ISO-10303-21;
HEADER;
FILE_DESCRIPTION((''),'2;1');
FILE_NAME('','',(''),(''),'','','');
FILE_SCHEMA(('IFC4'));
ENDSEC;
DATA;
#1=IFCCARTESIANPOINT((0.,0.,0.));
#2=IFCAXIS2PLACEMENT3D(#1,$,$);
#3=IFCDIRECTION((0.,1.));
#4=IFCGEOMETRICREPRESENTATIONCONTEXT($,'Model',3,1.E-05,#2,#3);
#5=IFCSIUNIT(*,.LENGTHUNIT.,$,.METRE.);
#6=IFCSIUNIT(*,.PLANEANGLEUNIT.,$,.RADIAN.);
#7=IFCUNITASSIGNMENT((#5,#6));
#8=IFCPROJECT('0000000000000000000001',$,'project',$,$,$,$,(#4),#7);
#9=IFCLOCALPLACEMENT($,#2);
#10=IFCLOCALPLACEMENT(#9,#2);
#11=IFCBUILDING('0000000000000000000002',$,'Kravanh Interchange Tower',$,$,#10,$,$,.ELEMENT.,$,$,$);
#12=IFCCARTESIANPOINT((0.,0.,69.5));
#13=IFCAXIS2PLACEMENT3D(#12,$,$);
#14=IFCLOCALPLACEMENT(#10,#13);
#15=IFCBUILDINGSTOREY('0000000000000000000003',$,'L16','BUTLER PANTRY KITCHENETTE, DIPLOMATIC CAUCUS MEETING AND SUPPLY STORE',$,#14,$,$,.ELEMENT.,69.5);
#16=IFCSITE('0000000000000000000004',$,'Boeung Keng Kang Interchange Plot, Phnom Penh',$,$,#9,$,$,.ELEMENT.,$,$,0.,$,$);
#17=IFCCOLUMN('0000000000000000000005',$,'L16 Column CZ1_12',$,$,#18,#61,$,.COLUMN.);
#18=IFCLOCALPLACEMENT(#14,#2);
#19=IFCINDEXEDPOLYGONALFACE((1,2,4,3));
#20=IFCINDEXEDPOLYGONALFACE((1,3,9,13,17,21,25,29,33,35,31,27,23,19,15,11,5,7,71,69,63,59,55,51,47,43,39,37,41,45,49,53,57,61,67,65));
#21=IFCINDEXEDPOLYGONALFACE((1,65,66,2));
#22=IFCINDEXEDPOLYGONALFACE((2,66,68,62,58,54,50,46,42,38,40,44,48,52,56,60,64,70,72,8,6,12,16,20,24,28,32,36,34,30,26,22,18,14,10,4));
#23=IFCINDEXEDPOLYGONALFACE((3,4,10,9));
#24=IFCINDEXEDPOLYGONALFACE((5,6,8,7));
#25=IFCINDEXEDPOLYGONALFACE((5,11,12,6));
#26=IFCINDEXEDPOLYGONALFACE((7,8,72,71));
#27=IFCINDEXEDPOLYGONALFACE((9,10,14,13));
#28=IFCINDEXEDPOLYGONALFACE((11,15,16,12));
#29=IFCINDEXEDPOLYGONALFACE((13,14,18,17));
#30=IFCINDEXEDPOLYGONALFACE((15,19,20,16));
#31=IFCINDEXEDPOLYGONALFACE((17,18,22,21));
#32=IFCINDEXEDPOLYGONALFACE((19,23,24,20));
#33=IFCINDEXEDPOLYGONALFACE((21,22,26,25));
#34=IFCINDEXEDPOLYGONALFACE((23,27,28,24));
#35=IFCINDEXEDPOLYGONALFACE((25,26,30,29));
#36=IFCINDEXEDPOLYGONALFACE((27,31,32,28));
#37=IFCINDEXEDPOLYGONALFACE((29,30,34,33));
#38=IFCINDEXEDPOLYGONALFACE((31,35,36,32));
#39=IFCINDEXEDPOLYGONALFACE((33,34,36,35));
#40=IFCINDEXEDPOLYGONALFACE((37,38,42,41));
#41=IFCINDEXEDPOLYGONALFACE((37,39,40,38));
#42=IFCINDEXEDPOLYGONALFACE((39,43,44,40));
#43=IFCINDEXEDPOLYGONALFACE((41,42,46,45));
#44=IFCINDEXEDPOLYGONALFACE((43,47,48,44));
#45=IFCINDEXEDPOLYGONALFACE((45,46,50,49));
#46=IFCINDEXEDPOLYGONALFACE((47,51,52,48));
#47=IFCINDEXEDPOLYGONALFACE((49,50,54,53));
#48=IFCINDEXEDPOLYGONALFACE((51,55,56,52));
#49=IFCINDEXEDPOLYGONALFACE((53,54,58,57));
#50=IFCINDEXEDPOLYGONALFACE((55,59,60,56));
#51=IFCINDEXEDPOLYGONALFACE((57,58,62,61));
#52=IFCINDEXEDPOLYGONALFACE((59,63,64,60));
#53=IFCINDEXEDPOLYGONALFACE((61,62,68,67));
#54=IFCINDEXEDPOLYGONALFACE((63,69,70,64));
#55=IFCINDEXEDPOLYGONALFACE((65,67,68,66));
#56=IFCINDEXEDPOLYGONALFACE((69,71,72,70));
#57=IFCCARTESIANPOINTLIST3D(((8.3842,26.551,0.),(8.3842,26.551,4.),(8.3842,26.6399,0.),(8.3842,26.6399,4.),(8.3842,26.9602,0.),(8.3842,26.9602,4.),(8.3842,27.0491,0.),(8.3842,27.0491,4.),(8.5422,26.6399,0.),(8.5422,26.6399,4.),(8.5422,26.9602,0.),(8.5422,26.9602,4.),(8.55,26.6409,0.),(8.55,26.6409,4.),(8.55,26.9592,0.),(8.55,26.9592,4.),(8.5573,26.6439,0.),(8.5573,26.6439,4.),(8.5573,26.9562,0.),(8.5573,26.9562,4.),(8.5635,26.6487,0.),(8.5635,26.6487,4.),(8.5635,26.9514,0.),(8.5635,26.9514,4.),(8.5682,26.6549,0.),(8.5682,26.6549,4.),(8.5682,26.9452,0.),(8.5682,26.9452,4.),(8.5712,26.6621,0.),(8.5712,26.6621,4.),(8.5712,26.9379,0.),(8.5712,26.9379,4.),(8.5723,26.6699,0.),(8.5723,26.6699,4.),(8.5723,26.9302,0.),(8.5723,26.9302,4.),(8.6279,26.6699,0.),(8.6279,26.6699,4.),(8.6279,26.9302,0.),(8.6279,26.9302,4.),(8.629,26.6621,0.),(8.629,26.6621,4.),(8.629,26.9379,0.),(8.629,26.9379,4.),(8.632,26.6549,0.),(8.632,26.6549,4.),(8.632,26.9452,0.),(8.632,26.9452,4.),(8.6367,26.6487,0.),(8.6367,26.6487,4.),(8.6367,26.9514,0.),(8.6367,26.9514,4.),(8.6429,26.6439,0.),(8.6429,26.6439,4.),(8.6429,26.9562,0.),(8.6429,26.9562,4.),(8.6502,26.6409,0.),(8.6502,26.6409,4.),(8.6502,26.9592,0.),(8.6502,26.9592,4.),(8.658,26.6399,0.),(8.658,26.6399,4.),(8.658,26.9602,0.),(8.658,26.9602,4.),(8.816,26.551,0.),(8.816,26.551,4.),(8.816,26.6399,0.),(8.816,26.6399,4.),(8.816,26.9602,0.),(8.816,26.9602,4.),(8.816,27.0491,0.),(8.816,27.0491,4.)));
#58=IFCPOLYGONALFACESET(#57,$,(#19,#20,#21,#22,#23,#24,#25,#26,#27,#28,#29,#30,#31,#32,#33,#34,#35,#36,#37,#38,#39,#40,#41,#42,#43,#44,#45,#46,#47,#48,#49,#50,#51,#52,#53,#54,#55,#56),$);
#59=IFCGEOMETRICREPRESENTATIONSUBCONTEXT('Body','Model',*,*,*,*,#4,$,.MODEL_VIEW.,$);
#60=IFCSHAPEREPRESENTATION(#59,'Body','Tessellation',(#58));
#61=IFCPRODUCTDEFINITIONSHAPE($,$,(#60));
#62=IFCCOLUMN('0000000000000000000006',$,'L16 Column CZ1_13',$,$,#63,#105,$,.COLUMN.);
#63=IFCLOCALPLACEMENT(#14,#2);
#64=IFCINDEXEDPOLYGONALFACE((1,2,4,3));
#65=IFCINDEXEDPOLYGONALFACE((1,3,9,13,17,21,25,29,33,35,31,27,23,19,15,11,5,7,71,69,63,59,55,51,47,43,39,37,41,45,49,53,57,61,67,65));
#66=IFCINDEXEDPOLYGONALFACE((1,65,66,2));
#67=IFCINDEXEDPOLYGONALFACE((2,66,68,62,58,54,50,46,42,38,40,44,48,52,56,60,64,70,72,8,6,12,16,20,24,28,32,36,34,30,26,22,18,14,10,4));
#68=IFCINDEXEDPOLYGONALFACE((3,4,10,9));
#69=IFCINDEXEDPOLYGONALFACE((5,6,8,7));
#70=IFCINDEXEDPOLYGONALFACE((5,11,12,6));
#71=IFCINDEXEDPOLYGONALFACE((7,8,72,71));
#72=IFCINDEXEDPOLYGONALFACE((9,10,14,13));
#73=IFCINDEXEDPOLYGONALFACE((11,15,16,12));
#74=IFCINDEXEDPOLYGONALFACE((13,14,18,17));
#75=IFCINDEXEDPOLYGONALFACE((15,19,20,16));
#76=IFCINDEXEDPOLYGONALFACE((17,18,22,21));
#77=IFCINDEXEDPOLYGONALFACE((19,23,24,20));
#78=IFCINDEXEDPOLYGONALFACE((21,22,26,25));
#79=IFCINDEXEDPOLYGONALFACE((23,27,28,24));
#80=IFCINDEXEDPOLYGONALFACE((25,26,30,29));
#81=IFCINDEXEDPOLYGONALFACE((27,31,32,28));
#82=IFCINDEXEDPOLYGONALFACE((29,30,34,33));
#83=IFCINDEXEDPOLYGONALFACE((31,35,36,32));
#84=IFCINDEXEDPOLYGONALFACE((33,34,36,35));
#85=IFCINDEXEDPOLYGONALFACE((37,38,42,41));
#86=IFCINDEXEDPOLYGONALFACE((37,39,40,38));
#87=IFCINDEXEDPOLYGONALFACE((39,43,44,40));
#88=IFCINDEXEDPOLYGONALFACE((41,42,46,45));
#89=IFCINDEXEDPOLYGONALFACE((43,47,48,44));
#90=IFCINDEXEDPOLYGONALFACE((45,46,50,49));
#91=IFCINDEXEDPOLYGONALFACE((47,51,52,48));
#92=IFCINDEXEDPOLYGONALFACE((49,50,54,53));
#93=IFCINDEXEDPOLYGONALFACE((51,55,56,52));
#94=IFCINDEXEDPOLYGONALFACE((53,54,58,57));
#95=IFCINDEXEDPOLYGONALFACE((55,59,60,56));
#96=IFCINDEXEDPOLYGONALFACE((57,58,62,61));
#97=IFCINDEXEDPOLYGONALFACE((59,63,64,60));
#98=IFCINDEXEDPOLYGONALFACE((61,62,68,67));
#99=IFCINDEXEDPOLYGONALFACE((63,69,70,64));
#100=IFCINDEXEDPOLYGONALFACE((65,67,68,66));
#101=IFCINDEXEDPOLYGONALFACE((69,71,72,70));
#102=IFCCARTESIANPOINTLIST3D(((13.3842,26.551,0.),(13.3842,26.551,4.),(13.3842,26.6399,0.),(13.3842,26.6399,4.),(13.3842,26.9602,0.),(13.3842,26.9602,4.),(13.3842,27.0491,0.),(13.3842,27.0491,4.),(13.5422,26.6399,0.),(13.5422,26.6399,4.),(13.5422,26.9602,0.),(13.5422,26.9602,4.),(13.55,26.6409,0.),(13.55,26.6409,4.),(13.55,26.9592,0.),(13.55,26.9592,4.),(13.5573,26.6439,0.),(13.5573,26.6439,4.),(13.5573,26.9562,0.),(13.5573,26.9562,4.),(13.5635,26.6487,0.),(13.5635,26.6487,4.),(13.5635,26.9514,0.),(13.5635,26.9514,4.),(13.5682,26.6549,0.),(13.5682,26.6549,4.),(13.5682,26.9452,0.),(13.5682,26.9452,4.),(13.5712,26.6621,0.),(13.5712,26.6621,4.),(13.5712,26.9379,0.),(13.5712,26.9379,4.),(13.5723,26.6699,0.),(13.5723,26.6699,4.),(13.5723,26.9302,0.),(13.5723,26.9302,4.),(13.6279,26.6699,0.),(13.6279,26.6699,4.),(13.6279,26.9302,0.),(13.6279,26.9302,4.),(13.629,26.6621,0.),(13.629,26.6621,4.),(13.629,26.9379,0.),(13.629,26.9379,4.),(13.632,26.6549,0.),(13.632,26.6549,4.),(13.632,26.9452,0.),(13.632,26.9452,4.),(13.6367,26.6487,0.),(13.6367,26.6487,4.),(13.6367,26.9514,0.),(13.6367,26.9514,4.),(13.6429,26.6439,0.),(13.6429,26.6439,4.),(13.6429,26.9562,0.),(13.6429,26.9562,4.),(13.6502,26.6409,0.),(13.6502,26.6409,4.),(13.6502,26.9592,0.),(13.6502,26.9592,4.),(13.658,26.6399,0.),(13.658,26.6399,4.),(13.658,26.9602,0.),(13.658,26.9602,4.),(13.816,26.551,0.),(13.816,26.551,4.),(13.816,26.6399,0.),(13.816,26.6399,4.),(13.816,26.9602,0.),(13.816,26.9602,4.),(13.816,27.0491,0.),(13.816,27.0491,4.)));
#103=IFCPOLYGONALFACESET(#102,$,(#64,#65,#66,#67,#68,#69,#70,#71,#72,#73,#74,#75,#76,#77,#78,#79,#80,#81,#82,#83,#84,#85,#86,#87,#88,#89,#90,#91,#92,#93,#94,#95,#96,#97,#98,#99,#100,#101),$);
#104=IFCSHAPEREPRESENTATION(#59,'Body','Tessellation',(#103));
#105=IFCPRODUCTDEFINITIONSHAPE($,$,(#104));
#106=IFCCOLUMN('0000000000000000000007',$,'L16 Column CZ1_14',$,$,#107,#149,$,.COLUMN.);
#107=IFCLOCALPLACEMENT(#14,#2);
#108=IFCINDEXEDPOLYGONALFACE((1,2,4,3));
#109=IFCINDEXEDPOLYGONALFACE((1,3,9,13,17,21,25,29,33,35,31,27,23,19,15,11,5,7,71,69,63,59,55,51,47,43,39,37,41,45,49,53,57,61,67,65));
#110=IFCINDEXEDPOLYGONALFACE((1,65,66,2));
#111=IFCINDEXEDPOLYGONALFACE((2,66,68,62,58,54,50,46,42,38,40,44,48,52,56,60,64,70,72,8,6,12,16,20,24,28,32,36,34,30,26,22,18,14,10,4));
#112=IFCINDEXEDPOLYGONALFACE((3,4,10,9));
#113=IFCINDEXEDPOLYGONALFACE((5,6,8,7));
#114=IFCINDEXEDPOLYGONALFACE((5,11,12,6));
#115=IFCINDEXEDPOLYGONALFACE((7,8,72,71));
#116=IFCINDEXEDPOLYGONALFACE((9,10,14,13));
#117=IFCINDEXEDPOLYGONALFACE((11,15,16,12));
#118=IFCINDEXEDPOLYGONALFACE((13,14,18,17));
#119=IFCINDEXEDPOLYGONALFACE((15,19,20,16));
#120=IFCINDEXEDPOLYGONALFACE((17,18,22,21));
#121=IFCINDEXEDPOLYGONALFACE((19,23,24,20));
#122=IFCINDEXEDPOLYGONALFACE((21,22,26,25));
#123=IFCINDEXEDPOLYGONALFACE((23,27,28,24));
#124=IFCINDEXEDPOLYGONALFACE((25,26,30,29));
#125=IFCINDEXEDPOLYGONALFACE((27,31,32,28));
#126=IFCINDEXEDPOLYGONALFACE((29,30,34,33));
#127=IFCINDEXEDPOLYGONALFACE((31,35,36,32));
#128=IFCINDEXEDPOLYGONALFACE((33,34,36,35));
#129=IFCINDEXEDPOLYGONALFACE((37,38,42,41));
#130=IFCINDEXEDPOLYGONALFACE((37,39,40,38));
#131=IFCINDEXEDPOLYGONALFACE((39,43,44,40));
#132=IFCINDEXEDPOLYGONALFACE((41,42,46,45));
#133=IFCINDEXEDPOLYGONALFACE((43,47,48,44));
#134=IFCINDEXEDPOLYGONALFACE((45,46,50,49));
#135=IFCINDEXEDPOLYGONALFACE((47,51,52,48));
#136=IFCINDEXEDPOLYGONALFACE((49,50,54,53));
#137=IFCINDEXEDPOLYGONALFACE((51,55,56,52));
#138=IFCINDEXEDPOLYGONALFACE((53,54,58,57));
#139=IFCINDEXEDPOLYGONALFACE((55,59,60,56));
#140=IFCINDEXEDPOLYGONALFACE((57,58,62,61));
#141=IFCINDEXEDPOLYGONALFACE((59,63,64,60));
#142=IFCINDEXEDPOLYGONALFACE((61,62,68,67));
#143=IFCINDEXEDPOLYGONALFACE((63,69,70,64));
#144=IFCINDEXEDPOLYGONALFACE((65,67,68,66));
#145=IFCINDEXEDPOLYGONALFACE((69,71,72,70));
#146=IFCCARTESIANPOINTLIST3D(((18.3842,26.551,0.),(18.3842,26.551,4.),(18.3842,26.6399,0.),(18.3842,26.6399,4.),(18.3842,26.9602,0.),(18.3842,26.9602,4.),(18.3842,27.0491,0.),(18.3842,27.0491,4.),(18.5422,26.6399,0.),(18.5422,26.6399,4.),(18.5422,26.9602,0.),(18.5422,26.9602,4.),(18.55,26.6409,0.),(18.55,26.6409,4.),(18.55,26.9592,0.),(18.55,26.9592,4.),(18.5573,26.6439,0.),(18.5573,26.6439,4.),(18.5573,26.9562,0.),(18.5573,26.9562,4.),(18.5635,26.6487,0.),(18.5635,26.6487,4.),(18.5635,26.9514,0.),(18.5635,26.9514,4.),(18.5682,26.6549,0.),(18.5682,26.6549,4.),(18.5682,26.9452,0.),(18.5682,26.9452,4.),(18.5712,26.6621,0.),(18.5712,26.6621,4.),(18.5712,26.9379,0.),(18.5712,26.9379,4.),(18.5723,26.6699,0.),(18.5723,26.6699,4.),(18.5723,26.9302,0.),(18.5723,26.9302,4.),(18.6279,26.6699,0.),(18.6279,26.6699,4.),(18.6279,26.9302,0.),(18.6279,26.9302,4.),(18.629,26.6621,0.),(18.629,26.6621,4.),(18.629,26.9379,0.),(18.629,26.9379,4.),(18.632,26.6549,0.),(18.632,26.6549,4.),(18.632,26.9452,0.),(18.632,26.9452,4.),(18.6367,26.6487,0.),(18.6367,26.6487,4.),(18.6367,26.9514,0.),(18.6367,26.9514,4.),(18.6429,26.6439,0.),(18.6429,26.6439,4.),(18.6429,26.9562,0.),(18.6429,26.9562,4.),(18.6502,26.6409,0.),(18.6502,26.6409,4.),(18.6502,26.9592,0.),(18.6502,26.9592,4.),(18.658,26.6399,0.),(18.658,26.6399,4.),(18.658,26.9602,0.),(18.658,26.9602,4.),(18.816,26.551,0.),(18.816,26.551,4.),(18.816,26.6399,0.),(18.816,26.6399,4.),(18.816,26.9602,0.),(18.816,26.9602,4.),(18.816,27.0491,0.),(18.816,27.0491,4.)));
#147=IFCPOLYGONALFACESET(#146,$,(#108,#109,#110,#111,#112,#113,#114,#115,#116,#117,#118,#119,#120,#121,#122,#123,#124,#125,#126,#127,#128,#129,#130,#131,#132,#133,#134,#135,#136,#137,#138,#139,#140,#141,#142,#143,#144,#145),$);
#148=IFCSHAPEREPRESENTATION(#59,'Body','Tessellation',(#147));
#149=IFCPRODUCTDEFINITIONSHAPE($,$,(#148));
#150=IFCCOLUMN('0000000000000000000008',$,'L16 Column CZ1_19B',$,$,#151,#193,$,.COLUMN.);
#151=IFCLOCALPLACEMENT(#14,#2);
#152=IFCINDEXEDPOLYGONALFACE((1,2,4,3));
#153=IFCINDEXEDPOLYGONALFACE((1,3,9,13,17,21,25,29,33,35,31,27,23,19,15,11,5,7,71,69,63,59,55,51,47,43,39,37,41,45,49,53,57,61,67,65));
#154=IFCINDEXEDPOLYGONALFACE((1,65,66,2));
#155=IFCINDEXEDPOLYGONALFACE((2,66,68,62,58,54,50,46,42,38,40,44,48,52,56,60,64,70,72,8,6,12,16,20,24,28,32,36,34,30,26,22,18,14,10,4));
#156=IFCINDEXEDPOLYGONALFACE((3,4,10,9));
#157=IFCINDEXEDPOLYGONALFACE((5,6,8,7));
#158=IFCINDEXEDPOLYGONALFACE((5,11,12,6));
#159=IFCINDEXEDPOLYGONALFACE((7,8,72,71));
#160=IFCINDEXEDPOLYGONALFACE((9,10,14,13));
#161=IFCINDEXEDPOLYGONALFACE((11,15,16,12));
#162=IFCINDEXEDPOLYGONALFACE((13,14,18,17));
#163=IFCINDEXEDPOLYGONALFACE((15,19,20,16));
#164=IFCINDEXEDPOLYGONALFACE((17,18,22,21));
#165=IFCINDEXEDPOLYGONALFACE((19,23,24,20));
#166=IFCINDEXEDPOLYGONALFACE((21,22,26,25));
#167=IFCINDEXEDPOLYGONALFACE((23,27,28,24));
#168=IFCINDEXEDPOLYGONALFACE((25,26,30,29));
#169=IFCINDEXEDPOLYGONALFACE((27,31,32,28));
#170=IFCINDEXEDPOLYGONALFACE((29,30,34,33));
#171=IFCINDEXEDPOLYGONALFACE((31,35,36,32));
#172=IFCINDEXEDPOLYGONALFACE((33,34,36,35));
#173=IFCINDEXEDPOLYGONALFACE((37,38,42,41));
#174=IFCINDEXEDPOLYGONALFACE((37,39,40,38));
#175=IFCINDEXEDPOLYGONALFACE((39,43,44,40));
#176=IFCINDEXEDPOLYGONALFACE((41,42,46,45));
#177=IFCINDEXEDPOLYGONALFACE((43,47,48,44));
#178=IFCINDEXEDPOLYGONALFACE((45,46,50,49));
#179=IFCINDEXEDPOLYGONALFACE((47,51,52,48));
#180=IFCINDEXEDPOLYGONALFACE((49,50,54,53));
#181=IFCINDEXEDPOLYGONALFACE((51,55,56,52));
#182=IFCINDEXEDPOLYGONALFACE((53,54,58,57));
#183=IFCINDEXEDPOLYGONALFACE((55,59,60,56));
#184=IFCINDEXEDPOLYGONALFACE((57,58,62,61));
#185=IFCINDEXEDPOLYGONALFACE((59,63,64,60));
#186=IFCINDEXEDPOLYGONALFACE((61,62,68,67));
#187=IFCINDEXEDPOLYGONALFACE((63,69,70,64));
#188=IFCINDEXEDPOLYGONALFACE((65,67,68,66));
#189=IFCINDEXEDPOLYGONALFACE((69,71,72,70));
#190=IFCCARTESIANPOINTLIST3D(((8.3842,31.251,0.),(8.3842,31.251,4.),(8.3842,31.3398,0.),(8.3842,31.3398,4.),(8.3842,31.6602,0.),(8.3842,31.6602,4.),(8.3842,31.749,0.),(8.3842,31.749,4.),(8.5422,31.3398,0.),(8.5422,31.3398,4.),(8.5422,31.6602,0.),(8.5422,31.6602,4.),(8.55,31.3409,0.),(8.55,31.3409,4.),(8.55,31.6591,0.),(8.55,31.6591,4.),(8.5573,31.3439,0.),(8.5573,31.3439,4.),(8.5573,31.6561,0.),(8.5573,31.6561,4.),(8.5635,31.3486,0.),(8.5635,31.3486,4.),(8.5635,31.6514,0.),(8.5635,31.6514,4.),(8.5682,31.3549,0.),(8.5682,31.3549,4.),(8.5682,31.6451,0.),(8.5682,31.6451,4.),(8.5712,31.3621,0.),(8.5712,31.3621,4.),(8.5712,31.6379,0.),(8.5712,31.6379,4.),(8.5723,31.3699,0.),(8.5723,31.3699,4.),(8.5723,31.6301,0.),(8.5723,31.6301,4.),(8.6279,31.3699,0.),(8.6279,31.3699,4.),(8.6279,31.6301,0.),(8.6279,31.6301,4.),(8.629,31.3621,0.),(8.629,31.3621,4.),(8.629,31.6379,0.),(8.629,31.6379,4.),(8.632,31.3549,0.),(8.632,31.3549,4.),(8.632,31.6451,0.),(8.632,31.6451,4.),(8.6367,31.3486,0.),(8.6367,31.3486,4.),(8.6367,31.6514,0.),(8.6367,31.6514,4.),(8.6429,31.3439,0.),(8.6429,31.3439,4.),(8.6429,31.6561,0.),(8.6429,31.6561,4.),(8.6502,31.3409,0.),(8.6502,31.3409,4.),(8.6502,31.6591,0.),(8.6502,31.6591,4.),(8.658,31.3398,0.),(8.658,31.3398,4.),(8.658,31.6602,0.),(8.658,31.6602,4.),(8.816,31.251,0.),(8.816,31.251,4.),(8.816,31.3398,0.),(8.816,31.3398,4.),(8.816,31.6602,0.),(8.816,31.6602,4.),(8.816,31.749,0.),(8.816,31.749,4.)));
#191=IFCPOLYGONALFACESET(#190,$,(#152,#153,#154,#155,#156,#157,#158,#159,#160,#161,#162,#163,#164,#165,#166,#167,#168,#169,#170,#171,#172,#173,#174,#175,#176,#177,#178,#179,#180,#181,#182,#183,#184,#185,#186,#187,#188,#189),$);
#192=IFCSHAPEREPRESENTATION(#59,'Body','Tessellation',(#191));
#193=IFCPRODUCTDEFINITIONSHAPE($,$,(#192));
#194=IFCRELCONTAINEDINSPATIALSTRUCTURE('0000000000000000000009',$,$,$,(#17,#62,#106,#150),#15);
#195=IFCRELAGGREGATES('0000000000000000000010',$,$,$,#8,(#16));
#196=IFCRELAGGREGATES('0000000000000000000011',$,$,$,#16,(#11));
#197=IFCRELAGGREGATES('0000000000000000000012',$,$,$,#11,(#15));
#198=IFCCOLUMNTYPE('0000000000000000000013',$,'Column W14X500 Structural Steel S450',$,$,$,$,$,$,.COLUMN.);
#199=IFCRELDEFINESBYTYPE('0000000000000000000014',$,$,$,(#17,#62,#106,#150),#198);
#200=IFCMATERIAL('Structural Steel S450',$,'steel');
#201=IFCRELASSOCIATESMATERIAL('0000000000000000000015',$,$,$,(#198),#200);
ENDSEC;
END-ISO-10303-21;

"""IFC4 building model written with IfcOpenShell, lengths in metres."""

from ifc_helpers import new_model, si_unit, direction, frame, origin, origin_2d, place, context, subcontext, project, spatial, i_section, extrude, material, material_profile, profile_set, type_object, element, save


model = new_model("IFC4")

# Units and contexts
model_context = context("Model", 3, precision=1e-05, world=origin(), true_north=direction((0.0, 1.0)))
body_context = subcontext(model_context, "Body", "Model", "MODEL_VIEW")
ifc_project = project(units=[si_unit("LENGTHUNIT", "METRE"), si_unit("PLANEANGLEUNIT", "RADIAN")], contexts=[model_context])

# Site, building, storey
site_placement = place(None, origin())
site = spatial("IfcSite", under=ifc_project, at=site_placement, Name="Boeung Keng Kang Interchange Plot, Phnom Penh", CompositionType="ELEMENT", RefElevation=0.0)
building_placement = place(site_placement, origin())
building = spatial("IfcBuilding", under=site, at=building_placement, Name="Kravanh Interchange Tower", CompositionType="ELEMENT")
storey_placement = place(building_placement, frame((0.0, 0.0, 69.5)))
storey = spatial("IfcBuildingStorey", under=building, at=storey_placement, Name="L16", Description="BUTLER PANTRY KITCHENETTE, DIPLOMATIC CAUCUS MEETING AND SUPPLY STORE", CompositionType="ELEMENT", Elevation=69.5)

# Columns
ifc_material_1 = material(Name="Structural Steel S450", Category="steel")
ifc_material_profile_1 = material_profile(ifc_material_1, i_section(OverallWidth=0.4319, OverallDepth=0.498, WebThickness=0.0557, FlangeThickness=0.0889, FilletRadius=0.03, at=origin_2d()), Name="W14X500")
ifc_profile_set_1 = profile_set([ifc_material_profile_1], Name="Structural Steel S450")
column_type = type_object("IfcColumnType", Name="Column W14X500 Structural Steel S450", PredefinedType="COLUMN", material=ifc_profile_set_1)
for number, where, z_axis, x_axis, name in (
    (1, (8.6001, 26.8, 0.0), (0.0, 0.0, 1.0), (1.0, 0.0, 0.0), "L16 Column CZ1_12"),
    (2, (13.6001, 26.8, 0.0), (0.0, 0.0, 1.0), (1.0, 0.0, 0.0), "L16 Column CZ1_13"),
    (3, (18.6001, 26.8, 0.0), (0.0, 0.0, 1.0), (1.0, 0.0, 0.0), "L16 Column CZ1_14"),
    (4, (8.6001, 31.5, 0.0), (0.0, 0.0, 1.0), (1.0, 0.0, 0.0), "L16 Column CZ1_19B"),
):
    element("IfcColumn", number, at=place(storey_placement, frame(where, z_axis=z_axis, x_axis=x_axis)), inside=storey, type_object=column_type, Name=name, PredefinedType="COLUMN", context=body_context, shape_type="SweptSolid", body=[
        extrude(i_section(OverallWidth=0.4319, OverallDepth=0.498, WebThickness=0.0557, FlangeThickness=0.0889, FilletRadius=0.03, at=origin_2d()), origin(), (0.0, 0.0, 1.0), 4.0),
    ])

save(model, "model.ifc")
